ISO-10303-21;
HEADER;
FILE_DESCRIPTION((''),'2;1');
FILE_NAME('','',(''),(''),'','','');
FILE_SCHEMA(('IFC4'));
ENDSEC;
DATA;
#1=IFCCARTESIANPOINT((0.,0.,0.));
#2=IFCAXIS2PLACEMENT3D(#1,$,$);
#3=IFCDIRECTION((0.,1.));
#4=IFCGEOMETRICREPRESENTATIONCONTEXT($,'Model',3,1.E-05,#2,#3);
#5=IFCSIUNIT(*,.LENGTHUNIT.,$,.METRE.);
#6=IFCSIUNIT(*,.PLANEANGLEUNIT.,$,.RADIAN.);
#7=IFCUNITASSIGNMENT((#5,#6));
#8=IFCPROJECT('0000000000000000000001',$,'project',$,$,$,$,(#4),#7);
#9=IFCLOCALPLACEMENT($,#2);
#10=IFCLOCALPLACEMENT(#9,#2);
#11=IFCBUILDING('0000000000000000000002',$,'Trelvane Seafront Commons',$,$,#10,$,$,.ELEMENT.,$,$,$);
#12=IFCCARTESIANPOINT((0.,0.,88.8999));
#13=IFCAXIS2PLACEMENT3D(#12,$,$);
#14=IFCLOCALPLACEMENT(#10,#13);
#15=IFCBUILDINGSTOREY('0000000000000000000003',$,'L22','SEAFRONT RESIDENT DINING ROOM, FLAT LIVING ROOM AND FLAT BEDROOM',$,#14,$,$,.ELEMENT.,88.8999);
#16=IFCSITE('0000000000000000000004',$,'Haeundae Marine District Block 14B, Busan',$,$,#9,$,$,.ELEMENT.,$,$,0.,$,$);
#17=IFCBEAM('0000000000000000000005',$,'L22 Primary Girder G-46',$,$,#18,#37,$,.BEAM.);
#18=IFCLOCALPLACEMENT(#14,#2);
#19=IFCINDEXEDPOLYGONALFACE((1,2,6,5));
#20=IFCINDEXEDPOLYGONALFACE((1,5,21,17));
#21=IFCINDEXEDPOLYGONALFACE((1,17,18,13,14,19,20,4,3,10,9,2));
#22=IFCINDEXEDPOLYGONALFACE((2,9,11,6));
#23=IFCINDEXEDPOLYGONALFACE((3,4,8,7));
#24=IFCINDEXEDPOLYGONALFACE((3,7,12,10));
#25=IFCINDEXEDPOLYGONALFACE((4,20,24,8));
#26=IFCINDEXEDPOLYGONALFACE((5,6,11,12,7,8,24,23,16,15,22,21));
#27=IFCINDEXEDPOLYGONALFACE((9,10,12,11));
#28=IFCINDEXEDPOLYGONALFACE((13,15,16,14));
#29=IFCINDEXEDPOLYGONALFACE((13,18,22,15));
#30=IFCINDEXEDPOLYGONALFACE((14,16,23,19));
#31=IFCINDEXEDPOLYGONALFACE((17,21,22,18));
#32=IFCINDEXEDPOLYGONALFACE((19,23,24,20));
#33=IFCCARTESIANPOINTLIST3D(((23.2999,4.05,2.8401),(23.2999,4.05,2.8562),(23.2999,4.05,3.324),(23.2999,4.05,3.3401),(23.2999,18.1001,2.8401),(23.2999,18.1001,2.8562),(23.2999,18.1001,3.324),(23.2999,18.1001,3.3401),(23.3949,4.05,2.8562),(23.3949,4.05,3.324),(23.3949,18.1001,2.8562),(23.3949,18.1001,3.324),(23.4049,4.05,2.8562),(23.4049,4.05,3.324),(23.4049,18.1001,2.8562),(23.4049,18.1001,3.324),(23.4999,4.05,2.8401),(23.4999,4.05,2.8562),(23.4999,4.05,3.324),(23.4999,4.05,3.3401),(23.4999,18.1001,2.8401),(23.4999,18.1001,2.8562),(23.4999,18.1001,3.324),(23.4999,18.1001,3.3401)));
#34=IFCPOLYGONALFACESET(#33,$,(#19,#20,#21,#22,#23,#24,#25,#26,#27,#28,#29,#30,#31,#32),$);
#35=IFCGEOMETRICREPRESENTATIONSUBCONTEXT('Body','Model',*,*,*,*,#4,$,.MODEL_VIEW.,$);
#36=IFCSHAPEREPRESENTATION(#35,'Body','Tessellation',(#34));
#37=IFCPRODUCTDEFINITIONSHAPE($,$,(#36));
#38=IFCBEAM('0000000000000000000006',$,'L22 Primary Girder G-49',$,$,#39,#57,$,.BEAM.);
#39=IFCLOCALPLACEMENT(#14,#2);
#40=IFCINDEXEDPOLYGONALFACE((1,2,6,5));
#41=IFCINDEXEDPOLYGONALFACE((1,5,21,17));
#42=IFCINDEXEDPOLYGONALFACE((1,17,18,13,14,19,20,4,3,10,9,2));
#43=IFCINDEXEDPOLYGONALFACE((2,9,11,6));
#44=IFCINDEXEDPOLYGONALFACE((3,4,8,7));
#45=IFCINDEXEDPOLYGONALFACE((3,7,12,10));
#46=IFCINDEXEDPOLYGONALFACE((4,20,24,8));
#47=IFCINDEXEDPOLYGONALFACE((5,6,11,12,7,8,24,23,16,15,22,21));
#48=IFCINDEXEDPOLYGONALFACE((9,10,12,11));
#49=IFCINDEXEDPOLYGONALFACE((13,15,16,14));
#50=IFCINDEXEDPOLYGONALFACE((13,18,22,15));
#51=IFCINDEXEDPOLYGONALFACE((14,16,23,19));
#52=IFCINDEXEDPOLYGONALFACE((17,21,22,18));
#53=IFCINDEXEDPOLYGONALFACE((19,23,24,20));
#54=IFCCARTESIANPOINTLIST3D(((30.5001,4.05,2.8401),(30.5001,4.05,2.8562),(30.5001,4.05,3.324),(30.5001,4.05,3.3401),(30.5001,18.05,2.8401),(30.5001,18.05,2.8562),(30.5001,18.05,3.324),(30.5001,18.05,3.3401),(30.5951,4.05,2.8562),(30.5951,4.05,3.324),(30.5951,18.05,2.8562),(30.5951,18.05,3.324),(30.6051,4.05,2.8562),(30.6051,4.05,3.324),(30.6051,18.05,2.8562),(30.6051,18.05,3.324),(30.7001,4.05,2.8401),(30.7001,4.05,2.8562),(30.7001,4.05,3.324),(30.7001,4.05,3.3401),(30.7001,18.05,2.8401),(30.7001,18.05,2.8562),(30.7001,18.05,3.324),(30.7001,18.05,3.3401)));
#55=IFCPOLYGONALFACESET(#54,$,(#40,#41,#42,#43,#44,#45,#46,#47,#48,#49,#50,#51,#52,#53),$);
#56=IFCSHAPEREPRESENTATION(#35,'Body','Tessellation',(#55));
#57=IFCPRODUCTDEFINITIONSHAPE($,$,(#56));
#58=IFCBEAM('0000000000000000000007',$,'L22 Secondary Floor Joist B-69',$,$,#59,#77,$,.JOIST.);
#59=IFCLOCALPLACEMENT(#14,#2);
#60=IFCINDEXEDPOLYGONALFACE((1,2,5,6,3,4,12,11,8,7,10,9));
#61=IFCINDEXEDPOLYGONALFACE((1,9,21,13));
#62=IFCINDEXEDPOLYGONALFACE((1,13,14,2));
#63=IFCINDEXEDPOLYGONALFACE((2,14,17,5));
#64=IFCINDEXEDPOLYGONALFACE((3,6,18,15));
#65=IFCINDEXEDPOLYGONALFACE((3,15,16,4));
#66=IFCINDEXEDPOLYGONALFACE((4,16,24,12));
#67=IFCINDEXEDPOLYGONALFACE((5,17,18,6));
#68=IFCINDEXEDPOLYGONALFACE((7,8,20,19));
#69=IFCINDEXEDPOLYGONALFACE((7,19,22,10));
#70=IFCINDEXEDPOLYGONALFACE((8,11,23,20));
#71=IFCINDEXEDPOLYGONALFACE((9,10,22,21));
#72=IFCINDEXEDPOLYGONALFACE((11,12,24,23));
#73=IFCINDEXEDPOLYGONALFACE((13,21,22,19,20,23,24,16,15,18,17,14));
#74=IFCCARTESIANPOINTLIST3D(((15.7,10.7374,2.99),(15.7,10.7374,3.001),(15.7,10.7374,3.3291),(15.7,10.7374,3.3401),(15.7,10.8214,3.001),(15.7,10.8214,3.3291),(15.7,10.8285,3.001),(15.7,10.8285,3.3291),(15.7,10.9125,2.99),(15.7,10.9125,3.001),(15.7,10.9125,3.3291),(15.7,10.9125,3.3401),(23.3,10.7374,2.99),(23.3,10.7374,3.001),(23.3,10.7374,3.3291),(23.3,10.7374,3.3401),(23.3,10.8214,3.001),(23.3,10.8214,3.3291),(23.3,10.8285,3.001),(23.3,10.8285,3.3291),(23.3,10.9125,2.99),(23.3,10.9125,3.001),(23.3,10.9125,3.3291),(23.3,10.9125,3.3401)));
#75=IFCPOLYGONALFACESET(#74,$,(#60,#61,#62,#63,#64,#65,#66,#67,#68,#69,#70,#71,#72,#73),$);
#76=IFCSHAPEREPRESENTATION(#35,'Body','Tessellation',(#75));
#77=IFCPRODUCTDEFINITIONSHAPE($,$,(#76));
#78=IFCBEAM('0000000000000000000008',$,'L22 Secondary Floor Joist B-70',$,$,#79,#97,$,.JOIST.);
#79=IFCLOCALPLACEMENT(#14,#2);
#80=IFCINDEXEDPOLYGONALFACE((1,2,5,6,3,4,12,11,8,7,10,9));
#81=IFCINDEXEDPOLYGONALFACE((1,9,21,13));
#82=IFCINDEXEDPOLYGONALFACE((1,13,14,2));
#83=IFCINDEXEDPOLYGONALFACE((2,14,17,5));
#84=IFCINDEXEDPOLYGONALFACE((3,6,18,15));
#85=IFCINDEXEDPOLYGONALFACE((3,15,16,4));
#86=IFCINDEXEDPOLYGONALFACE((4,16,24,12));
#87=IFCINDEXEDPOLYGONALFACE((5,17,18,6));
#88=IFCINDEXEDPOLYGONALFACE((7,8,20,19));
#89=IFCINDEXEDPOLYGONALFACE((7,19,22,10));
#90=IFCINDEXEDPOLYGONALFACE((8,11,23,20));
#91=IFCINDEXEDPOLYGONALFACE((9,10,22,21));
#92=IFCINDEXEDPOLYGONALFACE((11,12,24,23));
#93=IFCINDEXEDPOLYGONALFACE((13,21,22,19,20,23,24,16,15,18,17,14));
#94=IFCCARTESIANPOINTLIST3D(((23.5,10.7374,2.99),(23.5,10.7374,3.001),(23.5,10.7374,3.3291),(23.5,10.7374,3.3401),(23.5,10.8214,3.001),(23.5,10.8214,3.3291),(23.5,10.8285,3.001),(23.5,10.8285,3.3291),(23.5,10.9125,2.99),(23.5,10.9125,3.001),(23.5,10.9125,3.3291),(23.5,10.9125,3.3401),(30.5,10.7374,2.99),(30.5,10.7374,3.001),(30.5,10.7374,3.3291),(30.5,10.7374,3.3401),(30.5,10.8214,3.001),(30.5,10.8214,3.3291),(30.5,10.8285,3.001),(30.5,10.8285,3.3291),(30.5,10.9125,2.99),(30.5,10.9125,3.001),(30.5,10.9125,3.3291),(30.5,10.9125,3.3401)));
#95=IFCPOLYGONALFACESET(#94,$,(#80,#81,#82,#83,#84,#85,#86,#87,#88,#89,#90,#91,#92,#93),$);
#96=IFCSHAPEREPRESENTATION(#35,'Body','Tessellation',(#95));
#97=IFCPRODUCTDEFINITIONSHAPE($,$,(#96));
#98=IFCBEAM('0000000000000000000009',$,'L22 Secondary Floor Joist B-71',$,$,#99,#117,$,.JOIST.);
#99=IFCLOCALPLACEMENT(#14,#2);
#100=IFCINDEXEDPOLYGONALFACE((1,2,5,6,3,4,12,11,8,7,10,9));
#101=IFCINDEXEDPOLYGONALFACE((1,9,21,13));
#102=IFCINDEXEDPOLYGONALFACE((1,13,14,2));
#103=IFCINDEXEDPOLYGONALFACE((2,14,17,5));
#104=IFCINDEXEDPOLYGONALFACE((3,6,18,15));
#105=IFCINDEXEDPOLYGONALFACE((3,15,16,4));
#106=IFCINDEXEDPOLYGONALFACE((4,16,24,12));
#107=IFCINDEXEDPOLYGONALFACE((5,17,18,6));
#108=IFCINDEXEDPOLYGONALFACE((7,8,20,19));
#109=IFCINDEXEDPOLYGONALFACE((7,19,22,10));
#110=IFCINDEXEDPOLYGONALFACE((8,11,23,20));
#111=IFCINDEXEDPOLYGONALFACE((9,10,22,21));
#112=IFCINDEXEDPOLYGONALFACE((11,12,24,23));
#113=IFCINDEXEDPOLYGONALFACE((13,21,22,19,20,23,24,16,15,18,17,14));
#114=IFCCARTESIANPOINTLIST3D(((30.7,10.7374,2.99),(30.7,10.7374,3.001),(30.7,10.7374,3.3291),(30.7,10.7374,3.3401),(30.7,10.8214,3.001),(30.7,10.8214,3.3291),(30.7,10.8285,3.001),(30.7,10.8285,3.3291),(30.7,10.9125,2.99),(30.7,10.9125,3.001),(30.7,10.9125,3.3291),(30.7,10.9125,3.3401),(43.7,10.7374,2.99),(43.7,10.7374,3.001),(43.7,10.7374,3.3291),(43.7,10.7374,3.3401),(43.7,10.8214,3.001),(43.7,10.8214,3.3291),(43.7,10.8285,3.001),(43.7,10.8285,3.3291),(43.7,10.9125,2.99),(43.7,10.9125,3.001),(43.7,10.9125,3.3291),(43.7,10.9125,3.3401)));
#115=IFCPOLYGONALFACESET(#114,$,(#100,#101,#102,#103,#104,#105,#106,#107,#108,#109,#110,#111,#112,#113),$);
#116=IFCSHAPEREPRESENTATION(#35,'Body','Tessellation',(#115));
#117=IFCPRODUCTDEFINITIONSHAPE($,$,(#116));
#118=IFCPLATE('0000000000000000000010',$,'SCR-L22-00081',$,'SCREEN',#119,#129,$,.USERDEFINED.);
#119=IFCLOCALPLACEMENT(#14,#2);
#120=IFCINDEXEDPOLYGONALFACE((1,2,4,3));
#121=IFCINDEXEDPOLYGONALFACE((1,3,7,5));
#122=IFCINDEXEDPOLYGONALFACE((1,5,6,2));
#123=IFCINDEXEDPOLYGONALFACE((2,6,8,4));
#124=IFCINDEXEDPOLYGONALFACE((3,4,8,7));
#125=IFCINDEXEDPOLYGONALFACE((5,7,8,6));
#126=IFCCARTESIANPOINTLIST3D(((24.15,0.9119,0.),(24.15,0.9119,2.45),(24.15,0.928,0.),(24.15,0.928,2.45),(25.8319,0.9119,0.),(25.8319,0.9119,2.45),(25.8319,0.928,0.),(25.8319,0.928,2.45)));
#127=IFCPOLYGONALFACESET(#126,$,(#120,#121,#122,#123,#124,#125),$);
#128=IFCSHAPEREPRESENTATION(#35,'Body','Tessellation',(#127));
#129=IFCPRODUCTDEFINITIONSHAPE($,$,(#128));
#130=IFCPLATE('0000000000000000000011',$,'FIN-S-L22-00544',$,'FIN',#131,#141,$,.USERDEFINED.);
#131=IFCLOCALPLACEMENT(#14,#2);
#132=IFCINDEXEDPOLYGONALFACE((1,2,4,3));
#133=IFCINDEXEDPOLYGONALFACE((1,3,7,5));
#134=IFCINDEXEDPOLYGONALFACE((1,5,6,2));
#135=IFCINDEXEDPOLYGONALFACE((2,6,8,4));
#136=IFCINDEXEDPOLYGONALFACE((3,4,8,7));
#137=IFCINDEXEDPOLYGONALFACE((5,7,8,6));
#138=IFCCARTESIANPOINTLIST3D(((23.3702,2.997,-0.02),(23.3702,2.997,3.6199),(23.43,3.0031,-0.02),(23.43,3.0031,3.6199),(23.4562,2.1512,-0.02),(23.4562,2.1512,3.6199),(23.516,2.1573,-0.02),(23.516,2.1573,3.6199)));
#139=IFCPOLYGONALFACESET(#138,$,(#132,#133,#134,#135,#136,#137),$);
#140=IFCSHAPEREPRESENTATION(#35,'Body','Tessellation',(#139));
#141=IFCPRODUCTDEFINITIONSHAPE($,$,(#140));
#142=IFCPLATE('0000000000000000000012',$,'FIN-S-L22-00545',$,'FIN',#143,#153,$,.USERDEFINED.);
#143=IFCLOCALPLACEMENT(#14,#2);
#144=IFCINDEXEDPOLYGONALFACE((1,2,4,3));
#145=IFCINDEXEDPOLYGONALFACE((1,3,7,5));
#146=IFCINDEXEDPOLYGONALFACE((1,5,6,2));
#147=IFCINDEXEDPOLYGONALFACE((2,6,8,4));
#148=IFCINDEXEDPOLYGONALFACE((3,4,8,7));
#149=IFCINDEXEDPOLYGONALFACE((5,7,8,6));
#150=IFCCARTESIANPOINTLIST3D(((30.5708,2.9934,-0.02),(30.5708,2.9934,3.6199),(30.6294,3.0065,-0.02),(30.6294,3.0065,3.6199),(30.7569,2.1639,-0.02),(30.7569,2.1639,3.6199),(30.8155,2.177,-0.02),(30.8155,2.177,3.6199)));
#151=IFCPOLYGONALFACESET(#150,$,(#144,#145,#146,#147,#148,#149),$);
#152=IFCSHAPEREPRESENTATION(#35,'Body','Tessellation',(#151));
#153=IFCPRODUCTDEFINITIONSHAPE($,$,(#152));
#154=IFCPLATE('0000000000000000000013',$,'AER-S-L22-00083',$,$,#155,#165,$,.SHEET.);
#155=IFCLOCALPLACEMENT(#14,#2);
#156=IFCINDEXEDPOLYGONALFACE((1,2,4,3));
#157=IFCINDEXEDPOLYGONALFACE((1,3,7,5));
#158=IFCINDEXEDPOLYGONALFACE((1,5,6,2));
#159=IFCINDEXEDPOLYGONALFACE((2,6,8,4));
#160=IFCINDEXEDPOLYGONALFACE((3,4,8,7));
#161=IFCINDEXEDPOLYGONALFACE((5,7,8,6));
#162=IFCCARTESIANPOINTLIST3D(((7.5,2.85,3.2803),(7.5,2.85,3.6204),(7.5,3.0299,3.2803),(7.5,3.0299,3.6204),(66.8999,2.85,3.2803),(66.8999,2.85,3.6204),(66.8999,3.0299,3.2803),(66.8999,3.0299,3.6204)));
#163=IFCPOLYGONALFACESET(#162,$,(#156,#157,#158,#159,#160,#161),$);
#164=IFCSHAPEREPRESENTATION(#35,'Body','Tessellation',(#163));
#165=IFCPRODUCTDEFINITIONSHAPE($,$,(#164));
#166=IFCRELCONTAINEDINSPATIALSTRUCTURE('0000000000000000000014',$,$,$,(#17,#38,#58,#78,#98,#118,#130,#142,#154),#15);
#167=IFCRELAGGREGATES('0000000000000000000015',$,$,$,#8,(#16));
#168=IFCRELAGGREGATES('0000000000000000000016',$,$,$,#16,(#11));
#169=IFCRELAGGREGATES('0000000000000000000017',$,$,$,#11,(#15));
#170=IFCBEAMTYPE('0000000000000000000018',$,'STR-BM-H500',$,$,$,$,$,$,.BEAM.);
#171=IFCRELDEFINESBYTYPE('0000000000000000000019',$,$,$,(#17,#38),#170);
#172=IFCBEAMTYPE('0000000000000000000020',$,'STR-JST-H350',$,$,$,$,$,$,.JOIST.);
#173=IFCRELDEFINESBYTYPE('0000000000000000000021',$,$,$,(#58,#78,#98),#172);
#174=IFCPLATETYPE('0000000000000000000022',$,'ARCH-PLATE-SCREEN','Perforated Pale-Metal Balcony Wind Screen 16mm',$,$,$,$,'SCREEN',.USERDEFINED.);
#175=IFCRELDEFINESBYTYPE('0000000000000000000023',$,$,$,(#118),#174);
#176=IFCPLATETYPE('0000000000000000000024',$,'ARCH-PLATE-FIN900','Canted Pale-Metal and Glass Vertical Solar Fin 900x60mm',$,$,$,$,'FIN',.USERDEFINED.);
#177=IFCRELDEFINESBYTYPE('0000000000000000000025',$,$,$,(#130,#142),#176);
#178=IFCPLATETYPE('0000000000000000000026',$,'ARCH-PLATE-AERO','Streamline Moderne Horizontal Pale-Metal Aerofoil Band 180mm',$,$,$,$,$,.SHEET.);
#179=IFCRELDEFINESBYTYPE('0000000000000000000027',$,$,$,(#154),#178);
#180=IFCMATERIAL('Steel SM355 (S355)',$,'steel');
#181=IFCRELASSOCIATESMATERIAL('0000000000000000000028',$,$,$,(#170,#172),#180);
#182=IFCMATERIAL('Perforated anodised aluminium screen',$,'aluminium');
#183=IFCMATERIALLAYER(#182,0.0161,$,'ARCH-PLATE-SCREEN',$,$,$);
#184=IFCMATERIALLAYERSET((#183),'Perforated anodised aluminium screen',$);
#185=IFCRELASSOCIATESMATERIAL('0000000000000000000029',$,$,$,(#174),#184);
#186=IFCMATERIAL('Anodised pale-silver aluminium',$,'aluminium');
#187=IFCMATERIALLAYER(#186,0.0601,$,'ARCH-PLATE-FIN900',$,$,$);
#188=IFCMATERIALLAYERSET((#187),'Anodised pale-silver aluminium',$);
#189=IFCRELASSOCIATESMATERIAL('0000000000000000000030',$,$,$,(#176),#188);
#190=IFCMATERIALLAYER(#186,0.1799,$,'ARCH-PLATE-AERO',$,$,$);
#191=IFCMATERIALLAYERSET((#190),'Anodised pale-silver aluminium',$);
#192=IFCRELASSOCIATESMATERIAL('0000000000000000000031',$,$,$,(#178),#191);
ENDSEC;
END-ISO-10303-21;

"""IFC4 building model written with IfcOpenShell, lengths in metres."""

from ifc_helpers import new_model, si_unit, direction, frame, origin, origin_2d, place, context, subcontext, project, spatial, rectangle, i_section, extrude, source, transform, mapped, material, layer, layer_set, material_profile, profile_set, type_object, element, save


model = new_model("IFC4")

# Units and contexts
model_context = context("Model", 3, precision=1e-05, world=origin(), true_north=direction((0.0, 1.0)))
body_context = subcontext(model_context, "Body", "Model", "MODEL_VIEW")
ifc_project = project(units=[si_unit("LENGTHUNIT", "METRE"), si_unit("PLANEANGLEUNIT", "RADIAN")], contexts=[model_context])

# Site, building, storey
site_placement = place(None, origin())
site = spatial("IfcSite", under=ifc_project, at=site_placement, Name="Haeundae Marine District Block 14B, Busan", CompositionType="ELEMENT", RefElevation=0.0)
building_placement = place(site_placement, origin())
building = spatial("IfcBuilding", under=site, at=building_placement, Name="Trelvane Seafront Commons", CompositionType="ELEMENT")
storey_placement = place(building_placement, frame((0.0, 0.0, 88.8999)))
storey = spatial("IfcBuildingStorey", under=building, at=storey_placement, Name="L22", Description="SEAFRONT RESIDENT DINING ROOM, FLAT LIVING ROOM AND FLAT BEDROOM", CompositionType="ELEMENT", Elevation=88.8999)

# Shared definitions
ifc_material_1 = material(Name="Steel SM355 (S355)", Category="steel")

# Beams
ifc_material_profile_1 = material_profile(ifc_material_1, i_section(OverallWidth=0.2, OverallDepth=0.5, WebThickness=0.01, FlangeThickness=0.0161, at=origin_2d()), Name="H-500x200x10x16")
ifc_profile_set_1 = profile_set([ifc_material_profile_1], Name="Steel SM355 (S355)")
beam_type_1 = type_object("IfcBeamType", Name="STR-BM-H500", PredefinedType="BEAM", material=ifc_profile_set_1)
shared_shape_1 = source(origin(), body_context, "Body", "SweptSolid", [
    extrude(i_section(OverallWidth=0.2, OverallDepth=0.5, WebThickness=0.01, FlangeThickness=0.0161, at=origin_2d()), origin(), (0.0, 0.0, 1.0), 14.05),
])
beam_1_placement = place(storey_placement, frame((23.3999, 4.05, 3.0901), z_axis=(0.0, 1.0, 0.0), x_axis=(-1.0, 0.0, 0.0)))
element("IfcBeam", 1, at=beam_1_placement, inside=storey, type_object=beam_type_1, Name="L22 Primary Girder G-46", PredefinedType="BEAM", context=body_context, shape_type="MappedRepresentation", body=[
    mapped(shared_shape_1, transform((0.0, 0.0, 0.0), x_axis=(1.0, 0.0, 0.0), y_axis=(0.0, 1.0, 0.0), z_axis=(0.0, 0.0, 1.0), scale=1.0)),
])
shared_shape_2 = source(origin(), body_context, "Body", "SweptSolid", [
    extrude(i_section(OverallWidth=0.2, OverallDepth=0.5, WebThickness=0.01, FlangeThickness=0.0161, at=origin_2d()), origin(), (0.0, 0.0, 1.0), 14.0),
])
beam_2_placement = place(storey_placement, frame((30.6001, 4.05, 3.0901), z_axis=(0.0, 1.0, 0.0), x_axis=(-1.0, 0.0, 0.0)))
element("IfcBeam", 2, at=beam_2_placement, inside=storey, type_object=beam_type_1, Name="L22 Primary Girder G-49", PredefinedType="BEAM", context=body_context, shape_type="MappedRepresentation", body=[
    mapped(shared_shape_2, transform((0.0, 0.0, 0.0), x_axis=(1.0, 0.0, 0.0), y_axis=(0.0, 1.0, 0.0), z_axis=(0.0, 0.0, 1.0), scale=1.0)),
])
ifc_material_profile_2 = material_profile(ifc_material_1, i_section(OverallWidth=0.175, OverallDepth=0.3501, WebThickness=0.0071, FlangeThickness=0.011, at=origin_2d()), Name="H-350x175x7x11")
ifc_profile_set_2 = profile_set([ifc_material_profile_2], Name="Steel SM355 (S355)")
beam_type_2 = type_object("IfcBeamType", Name="STR-JST-H350", PredefinedType="JOIST", material=ifc_profile_set_2)
shared_shape_3 = source(origin(), body_context, "Body", "SweptSolid", [
    extrude(i_section(OverallWidth=0.175, OverallDepth=0.3501, WebThickness=0.0071, FlangeThickness=0.011, at=origin_2d()), origin(), (0.0, 0.0, 1.0), 7.6001),
])
beam_3_placement = place(storey_placement, frame((15.7, 10.825, 3.165), z_axis=(1.0, 0.0, 0.0), x_axis=(0.0, 1.0, 0.0)))
element("IfcBeam", 3, at=beam_3_placement, inside=storey, type_object=beam_type_2, Name="L22 Secondary Floor Joist B-69", PredefinedType="JOIST", context=body_context, shape_type="MappedRepresentation", body=[
    mapped(shared_shape_3, transform((0.0, 0.0, 0.0), x_axis=(1.0, 0.0, 0.0), y_axis=(0.0, 1.0, 0.0), z_axis=(0.0, 0.0, 1.0), scale=1.0)),
])
shared_shape_4 = source(origin(), body_context, "Body", "SweptSolid", [
    extrude(i_section(OverallWidth=0.175, OverallDepth=0.3501, WebThickness=0.0071, FlangeThickness=0.011, at=origin_2d()), origin(), (0.0, 0.0, 1.0), 7.0),
])
beam_4_placement = place(storey_placement, frame((23.5, 10.825, 3.165), z_axis=(1.0, 0.0, 0.0), x_axis=(0.0, 1.0, 0.0)))
element("IfcBeam", 4, at=beam_4_placement, inside=storey, type_object=beam_type_2, Name="L22 Secondary Floor Joist B-70", PredefinedType="JOIST", context=body_context, shape_type="MappedRepresentation", body=[
    mapped(shared_shape_4, transform((0.0, 0.0, 0.0), x_axis=(1.0, 0.0, 0.0), y_axis=(0.0, 1.0, 0.0), z_axis=(0.0, 0.0, 1.0), scale=1.0)),
])
shared_shape_5 = source(origin(), body_context, "Body", "SweptSolid", [
    extrude(i_section(OverallWidth=0.175, OverallDepth=0.3501, WebThickness=0.0071, FlangeThickness=0.011, at=origin_2d()), origin(), (0.0, 0.0, 1.0), 13.0),
])
beam_5_placement = place(storey_placement, frame((30.7, 10.825, 3.165), z_axis=(1.0, 0.0, 0.0), x_axis=(0.0, 1.0, 0.0)))
element("IfcBeam", 5, at=beam_5_placement, inside=storey, type_object=beam_type_2, Name="L22 Secondary Floor Joist B-71", PredefinedType="JOIST", context=body_context, shape_type="MappedRepresentation", body=[
    mapped(shared_shape_5, transform((0.0, 0.0, 0.0), x_axis=(1.0, 0.0, 0.0), y_axis=(0.0, 1.0, 0.0), z_axis=(0.0, 0.0, 1.0), scale=1.0)),
])

# Plates
ifc_material_2 = material(Name="Perforated anodised aluminium screen", Category="aluminium")
ifc_layer_1 = layer(ifc_material_2, 0.0161, Name="ARCH-PLATE-SCREEN")
ifc_layer_set_1 = layer_set([ifc_layer_1], Name="Perforated anodised aluminium screen")
plate_type_1 = type_object("IfcPlateType", Name="ARCH-PLATE-SCREEN", Description="Perforated Pale-Metal Balcony Wind Screen 16mm", ElementType="SCREEN", PredefinedType="USERDEFINED", material=ifc_layer_set_1)
shared_shape_6 = source(origin(), body_context, "Body", "SweptSolid", [
    extrude(rectangle(XDim=1.6819, YDim=0.0161, at=origin_2d()), origin(), (0.0, 0.0, 1.0), 2.45),
])
plate_1_placement = place(storey_placement, frame((24.991, 0.9199, 0.0), z_axis=(0.0, 0.0, 1.0), x_axis=(1.0, 0.0, 0.0)))
element("IfcPlate", 6, at=plate_1_placement, inside=storey, type_object=plate_type_1, Name="SCR-L22-00081", ObjectType="SCREEN", PredefinedType="USERDEFINED", context=body_context, shape_type="MappedRepresentation", body=[
    mapped(shared_shape_6, transform((0.0, 0.0, 0.0), x_axis=(1.0, 0.0, 0.0), y_axis=(0.0, 1.0, 0.0), z_axis=(0.0, 0.0, 1.0), scale=1.0)),
])
ifc_material_3 = material(Name="Anodised pale-silver aluminium", Category="aluminium")
ifc_layer_2 = layer(ifc_material_3, 0.0601, Name="ARCH-PLATE-FIN900")
ifc_layer_set_2 = layer_set([ifc_layer_2], Name="Anodised pale-silver aluminium")
plate_type_2 = type_object("IfcPlateType", Name="ARCH-PLATE-FIN900", Description="Canted Pale-Metal and Glass Vertical Solar Fin 900x60mm", ElementType="FIN", PredefinedType="USERDEFINED", material=ifc_layer_set_2)
shared_shape_7 = source(origin(), body_context, "Body", "SweptSolid", [
    extrude(rectangle(XDim=0.8501, YDim=0.0601, at=origin_2d()), origin(), (0.0, 0.0, 1.0), 3.6399),
])
for number, where, z_axis, x_axis, name in (
    (7, (23.4431, 2.5771, -0.02), (0.0, 0.0, 1.0), (0.101181, -0.994868, 0.0), "FIN-S-L22-00544"),
    (8, (30.6931, 2.5852, -0.02), (0.0, 0.0, 1.0), (0.218935, -0.975739, 0.0), "FIN-S-L22-00545"),
):
    element("IfcPlate", number, at=place(storey_placement, frame(where, z_axis=z_axis, x_axis=x_axis)), inside=storey, type_object=plate_type_2, Name=name, ObjectType="FIN", PredefinedType="USERDEFINED", context=body_context, shape_type="MappedRepresentation", body=[
        mapped(shared_shape_7, transform((0.0, 0.0, 0.0), x_axis=(1.0, 0.0, 0.0), y_axis=(0.0, 1.0, 0.0), z_axis=(0.0, 0.0, 1.0), scale=1.0)),
    ])
ifc_layer_3 = layer(ifc_material_3, 0.1799, Name="ARCH-PLATE-AERO")
ifc_layer_set_3 = layer_set([ifc_layer_3], Name="Anodised pale-silver aluminium")
plate_type_3 = type_object("IfcPlateType", Name="ARCH-PLATE-AERO", Description="Streamline Moderne Horizontal Pale-Metal Aerofoil Band 180mm", PredefinedType="SHEET", material=ifc_layer_set_3)
shared_shape_8 = source(origin(), body_context, "Body", "SweptSolid", [
    extrude(rectangle(XDim=59.3999, YDim=0.1799, at=origin_2d()), origin(), (0.0, 0.0, 1.0), 0.3401),
])
plate_2_placement = place(storey_placement, frame((37.2, 2.9399, 3.2803), z_axis=(0.0, 0.0, 1.0), x_axis=(-1.0, 0.0, 0.0)))
element("IfcPlate", 9, at=plate_2_placement, inside=storey, type_object=plate_type_3, Name="AER-S-L22-00083", PredefinedType="SHEET", context=body_context, shape_type="MappedRepresentation", body=[
    mapped(shared_shape_8, transform((0.0, 0.0, 0.0), x_axis=(1.0, 0.0, 0.0), y_axis=(0.0, 1.0, 0.0), z_axis=(0.0, 0.0, 1.0), scale=1.0)),
])

save(model, "model.ifc")
